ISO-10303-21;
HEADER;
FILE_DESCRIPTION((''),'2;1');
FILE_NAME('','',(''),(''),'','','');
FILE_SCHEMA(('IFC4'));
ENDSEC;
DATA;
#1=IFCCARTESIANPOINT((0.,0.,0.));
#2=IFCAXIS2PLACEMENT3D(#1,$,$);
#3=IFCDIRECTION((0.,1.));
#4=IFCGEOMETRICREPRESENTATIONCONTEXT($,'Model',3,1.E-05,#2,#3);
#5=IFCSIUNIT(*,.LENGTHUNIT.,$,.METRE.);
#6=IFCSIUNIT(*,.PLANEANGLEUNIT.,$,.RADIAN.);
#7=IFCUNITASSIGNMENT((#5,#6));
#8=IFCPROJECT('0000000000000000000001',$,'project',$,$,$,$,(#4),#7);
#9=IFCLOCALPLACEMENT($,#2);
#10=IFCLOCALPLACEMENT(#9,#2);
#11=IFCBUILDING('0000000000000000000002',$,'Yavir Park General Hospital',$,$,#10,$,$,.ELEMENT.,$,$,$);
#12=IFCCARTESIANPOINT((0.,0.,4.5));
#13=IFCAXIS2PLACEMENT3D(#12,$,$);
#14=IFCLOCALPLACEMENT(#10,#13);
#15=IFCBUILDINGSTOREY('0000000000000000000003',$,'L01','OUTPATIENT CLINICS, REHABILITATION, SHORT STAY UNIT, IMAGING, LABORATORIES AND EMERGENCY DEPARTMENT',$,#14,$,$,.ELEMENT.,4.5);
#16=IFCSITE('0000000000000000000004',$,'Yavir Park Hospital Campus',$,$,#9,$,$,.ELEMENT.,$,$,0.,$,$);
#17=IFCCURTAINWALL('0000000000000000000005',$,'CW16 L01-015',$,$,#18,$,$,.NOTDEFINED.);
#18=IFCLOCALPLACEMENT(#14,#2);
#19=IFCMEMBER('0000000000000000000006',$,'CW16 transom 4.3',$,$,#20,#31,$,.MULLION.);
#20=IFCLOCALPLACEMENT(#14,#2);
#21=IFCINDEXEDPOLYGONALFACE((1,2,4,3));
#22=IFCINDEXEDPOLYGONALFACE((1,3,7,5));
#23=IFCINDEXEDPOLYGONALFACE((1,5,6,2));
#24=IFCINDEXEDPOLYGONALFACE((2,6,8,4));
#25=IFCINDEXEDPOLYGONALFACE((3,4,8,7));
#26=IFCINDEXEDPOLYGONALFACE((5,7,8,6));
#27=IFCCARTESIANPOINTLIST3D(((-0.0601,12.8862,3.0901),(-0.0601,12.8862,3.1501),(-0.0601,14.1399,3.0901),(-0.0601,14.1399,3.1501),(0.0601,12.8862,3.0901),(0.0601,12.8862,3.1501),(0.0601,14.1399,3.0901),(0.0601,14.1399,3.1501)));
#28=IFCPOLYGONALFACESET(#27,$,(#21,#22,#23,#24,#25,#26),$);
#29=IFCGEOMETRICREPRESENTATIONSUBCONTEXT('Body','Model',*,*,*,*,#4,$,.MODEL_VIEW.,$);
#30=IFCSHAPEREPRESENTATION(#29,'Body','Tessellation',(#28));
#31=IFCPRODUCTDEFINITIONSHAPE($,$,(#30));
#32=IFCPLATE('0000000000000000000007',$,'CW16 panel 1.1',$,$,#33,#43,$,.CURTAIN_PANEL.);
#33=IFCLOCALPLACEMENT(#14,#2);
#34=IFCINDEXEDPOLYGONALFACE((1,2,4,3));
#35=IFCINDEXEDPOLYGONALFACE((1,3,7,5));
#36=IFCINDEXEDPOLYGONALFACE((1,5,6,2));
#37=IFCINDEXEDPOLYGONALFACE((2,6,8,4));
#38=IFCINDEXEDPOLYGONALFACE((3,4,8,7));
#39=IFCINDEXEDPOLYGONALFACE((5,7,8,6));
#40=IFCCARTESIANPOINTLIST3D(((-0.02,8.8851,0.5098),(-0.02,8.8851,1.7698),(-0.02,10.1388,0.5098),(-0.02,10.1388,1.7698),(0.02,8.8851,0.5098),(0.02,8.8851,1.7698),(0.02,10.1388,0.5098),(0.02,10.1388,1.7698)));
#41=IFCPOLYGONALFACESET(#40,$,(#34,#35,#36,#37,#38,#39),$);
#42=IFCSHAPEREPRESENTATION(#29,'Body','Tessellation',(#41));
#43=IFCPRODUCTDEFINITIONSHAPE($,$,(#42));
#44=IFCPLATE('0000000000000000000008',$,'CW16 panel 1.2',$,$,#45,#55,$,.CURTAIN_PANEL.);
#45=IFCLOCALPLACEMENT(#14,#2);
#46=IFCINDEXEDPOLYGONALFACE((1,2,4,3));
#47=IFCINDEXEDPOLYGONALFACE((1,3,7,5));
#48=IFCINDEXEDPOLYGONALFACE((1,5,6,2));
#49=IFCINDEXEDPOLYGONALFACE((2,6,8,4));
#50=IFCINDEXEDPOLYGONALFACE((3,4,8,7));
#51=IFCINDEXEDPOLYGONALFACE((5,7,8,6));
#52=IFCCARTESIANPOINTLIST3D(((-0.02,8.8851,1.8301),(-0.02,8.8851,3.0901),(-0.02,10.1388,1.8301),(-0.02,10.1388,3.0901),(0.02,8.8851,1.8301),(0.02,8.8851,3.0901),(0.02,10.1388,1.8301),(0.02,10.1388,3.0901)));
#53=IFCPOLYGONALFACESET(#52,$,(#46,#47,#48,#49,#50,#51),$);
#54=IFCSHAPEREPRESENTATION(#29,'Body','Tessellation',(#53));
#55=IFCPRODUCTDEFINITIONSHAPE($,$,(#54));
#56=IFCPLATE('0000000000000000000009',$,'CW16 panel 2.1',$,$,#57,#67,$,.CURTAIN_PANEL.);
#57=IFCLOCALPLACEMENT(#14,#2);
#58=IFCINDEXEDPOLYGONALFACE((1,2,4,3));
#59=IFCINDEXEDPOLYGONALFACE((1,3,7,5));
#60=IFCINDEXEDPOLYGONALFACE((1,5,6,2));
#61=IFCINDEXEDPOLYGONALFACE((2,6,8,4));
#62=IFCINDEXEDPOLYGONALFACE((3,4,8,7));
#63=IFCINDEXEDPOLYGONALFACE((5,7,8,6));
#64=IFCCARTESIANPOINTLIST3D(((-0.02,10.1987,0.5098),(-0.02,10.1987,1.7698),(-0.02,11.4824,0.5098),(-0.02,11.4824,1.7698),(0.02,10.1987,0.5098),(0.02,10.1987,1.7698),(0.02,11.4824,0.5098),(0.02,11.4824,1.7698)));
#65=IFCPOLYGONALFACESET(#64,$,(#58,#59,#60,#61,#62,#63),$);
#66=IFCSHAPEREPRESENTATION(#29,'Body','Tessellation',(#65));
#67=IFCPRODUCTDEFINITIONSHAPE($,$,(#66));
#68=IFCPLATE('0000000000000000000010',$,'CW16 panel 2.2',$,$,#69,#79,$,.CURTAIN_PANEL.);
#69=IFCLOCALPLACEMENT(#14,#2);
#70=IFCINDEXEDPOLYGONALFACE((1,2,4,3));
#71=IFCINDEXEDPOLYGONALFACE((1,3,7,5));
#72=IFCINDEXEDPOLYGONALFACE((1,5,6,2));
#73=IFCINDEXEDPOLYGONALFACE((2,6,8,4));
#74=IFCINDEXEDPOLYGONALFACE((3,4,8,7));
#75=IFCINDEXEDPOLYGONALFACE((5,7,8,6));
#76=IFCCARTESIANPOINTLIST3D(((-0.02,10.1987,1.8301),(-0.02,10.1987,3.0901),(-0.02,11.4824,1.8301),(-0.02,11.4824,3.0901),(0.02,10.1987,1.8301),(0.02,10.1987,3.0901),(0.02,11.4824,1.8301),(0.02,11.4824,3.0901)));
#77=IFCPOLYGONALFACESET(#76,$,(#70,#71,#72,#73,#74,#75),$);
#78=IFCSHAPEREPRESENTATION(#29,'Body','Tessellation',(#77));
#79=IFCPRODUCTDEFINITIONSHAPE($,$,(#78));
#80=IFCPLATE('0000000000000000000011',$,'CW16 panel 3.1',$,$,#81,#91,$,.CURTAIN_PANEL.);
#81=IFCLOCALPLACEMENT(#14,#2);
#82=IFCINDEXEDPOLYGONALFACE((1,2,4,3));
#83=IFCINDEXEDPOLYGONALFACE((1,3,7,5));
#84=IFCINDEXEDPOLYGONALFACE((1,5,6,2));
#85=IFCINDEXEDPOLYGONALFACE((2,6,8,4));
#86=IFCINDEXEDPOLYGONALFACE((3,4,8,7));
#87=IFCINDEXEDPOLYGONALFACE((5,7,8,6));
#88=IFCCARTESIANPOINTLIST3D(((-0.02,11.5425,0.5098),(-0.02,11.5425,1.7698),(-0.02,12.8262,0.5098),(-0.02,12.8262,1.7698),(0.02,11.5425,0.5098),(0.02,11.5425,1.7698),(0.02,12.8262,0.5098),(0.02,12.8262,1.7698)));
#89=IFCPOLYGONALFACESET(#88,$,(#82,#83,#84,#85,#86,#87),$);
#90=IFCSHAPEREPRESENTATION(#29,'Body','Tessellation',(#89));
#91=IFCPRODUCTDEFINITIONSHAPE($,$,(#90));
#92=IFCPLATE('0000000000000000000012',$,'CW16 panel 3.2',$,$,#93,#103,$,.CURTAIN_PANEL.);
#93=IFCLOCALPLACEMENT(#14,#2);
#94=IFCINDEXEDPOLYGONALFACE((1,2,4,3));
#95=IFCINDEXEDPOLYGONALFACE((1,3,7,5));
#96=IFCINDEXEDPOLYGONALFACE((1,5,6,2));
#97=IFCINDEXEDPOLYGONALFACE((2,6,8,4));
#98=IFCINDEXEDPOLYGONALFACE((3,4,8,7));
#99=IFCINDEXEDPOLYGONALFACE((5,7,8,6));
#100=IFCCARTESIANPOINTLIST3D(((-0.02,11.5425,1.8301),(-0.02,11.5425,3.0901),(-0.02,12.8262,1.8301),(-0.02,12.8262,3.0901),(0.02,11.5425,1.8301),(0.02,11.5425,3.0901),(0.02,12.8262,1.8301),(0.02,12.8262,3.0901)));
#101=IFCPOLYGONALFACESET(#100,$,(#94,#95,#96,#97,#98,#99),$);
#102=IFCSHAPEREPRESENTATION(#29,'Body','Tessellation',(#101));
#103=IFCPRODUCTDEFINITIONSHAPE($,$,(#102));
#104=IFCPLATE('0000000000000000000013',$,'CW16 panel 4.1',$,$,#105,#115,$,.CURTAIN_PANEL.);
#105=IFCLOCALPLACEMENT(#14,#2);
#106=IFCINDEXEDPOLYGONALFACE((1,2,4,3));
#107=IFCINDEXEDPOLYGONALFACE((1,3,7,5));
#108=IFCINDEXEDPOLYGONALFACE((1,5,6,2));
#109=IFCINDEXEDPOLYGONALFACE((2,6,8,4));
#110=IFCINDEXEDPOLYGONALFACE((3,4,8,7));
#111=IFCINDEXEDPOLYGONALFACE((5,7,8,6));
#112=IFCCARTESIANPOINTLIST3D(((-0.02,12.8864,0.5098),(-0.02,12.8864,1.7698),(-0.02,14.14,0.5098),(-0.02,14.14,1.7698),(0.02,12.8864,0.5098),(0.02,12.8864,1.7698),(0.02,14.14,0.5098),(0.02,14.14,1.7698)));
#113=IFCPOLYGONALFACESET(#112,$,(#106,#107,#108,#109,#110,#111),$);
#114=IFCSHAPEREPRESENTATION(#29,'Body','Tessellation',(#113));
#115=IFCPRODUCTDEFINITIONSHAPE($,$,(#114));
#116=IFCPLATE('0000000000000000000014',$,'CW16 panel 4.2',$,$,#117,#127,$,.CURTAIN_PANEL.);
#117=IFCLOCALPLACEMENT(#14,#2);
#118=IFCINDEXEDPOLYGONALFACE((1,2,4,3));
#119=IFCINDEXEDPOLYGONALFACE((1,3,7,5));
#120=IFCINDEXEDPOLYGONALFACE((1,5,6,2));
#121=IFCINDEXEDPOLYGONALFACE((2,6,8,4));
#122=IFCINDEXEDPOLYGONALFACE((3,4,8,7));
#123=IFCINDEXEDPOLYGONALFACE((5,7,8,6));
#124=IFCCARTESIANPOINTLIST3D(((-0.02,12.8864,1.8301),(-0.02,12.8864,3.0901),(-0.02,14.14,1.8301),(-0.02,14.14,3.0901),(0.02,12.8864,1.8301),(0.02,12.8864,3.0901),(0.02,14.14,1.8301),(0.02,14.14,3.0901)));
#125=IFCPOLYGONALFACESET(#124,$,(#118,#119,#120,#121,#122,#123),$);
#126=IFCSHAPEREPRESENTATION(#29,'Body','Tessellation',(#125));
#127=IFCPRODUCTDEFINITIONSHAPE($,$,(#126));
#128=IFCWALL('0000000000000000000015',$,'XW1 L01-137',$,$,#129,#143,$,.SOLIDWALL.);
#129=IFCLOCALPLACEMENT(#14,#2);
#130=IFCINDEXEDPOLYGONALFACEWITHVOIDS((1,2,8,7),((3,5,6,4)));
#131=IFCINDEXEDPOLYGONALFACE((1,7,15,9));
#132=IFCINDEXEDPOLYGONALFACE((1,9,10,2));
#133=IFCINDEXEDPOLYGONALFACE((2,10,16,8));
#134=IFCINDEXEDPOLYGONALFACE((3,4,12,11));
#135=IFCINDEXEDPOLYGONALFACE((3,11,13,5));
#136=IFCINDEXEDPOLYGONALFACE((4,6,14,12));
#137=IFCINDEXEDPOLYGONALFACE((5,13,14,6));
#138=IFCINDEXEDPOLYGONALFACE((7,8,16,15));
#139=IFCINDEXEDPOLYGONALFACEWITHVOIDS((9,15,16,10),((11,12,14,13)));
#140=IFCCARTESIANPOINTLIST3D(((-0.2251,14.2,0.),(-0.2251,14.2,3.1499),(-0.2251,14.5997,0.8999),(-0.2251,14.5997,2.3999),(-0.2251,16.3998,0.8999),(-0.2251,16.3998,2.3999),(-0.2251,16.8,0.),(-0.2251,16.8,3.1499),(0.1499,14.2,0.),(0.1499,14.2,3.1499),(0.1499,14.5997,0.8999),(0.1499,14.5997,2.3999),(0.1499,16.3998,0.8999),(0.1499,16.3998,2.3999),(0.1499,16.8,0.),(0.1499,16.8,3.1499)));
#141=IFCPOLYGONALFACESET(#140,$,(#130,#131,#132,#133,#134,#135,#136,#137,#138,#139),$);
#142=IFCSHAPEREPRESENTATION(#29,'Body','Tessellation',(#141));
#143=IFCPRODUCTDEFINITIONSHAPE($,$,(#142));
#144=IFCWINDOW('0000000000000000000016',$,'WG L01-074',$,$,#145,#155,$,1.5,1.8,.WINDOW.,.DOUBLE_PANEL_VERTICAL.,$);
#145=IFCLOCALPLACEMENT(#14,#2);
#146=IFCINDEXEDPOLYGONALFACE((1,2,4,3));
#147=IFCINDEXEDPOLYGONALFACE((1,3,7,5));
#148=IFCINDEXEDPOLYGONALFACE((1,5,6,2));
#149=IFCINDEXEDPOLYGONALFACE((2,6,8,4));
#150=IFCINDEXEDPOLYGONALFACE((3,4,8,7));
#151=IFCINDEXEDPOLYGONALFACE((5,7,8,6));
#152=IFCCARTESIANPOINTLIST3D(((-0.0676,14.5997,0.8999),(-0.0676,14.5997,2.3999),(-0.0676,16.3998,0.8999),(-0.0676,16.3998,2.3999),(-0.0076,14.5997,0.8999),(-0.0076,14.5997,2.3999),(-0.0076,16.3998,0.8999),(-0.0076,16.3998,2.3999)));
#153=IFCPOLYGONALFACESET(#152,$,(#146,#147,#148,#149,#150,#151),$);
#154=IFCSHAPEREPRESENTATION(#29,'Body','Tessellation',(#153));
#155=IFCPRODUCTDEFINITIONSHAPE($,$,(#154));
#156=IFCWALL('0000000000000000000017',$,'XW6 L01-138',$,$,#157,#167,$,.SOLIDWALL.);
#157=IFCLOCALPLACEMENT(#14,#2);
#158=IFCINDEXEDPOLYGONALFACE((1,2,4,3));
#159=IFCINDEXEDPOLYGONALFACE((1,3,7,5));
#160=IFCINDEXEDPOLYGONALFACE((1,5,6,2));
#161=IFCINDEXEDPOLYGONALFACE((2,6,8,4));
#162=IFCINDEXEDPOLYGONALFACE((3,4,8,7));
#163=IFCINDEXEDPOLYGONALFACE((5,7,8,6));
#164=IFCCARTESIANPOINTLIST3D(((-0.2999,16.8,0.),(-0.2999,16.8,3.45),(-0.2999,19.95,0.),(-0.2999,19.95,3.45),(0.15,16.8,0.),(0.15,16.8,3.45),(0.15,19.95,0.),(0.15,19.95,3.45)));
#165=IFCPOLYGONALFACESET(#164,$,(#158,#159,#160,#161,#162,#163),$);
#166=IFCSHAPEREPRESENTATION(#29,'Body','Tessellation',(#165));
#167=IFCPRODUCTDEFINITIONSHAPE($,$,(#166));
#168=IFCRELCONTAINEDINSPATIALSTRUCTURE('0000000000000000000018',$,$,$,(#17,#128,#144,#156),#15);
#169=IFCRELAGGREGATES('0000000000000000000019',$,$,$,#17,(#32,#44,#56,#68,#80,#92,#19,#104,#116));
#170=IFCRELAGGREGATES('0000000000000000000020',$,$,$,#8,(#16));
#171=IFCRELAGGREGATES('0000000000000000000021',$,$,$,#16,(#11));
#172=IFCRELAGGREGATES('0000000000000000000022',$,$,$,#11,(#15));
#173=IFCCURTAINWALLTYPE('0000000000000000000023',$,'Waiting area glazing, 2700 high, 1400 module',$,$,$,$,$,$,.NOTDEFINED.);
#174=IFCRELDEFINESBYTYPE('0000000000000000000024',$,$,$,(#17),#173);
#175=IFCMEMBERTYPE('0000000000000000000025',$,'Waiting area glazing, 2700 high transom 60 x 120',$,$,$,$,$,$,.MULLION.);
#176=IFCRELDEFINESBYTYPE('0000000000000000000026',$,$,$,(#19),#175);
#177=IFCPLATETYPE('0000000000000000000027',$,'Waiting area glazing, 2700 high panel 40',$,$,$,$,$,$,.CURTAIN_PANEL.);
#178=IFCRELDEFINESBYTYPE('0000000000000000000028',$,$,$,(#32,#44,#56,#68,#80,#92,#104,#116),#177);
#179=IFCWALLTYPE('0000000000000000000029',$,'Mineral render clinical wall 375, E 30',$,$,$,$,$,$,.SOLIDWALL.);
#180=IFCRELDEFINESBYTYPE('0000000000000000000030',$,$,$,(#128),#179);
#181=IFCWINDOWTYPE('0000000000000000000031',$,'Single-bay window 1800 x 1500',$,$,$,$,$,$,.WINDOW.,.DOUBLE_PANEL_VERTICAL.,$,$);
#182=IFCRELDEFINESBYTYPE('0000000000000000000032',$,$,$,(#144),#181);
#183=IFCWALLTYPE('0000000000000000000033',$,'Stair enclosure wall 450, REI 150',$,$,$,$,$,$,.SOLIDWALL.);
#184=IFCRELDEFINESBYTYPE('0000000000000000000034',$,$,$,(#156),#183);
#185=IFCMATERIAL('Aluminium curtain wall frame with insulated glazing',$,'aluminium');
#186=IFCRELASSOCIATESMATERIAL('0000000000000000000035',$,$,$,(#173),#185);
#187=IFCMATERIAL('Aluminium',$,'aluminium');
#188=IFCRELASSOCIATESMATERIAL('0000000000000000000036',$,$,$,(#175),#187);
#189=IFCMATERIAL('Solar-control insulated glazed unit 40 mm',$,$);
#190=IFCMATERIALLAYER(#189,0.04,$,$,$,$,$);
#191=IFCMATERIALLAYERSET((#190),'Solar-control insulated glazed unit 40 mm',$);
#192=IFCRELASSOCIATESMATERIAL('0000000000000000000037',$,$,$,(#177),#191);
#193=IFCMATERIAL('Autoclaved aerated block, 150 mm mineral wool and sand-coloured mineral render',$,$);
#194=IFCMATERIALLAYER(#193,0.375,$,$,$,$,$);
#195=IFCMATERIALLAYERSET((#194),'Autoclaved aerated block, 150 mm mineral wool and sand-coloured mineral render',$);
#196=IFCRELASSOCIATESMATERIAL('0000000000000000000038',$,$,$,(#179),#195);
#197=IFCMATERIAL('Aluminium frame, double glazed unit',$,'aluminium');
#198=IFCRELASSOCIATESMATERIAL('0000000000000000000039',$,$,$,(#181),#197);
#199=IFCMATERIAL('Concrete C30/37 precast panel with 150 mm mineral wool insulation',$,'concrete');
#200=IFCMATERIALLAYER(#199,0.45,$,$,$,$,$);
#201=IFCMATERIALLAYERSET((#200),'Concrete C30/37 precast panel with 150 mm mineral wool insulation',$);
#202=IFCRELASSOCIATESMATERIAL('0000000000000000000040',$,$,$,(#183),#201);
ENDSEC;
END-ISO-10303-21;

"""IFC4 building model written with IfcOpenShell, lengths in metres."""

from ifc_helpers import new_model, si_unit, direction, frame, frame_2d, origin, origin_2d, place, context, subcontext, project, spatial, rectangle, extrude, material, layer, layer_set, material_profile, profile_set, type_object, element, fill, aggregate, save


model = new_model("IFC4")

# Units and contexts
model_context = context("Model", 3, precision=1e-05, world=origin(), true_north=direction((0.0, 1.0)))
body_context = subcontext(model_context, "Body", "Model", "MODEL_VIEW")
ifc_project = project(units=[si_unit("LENGTHUNIT", "METRE"), si_unit("PLANEANGLEUNIT", "RADIAN")], contexts=[model_context])

# Site, building, storey
site_placement = place(None, origin())
site = spatial("IfcSite", under=ifc_project, at=site_placement, Name="Yavir Park Hospital Campus", CompositionType="ELEMENT", RefElevation=0.0)
building_placement = place(site_placement, origin())
building = spatial("IfcBuilding", under=site, at=building_placement, Name="Yavir Park General Hospital", CompositionType="ELEMENT")
storey_placement = place(building_placement, frame((0.0, 0.0, 4.5)))
storey = spatial("IfcBuildingStorey", under=building, at=storey_placement, Name="L01", Description="OUTPATIENT CLINICS, REHABILITATION, SHORT STAY UNIT, IMAGING, LABORATORIES AND EMERGENCY DEPARTMENT", CompositionType="ELEMENT", Elevation=4.5)

# Curtain wall, member, plates
ifc_material_1 = material(Name="Aluminium curtain wall frame with insulated glazing", Category="aluminium")
curtain_wall_type = type_object("IfcCurtainWallType", Name="Waiting area glazing, 2700 high, 1400 module", PredefinedType="NOTDEFINED", material=ifc_material_1)
curtain_wall_placement = place(storey_placement, origin())
curtain_wall = element("IfcCurtainWall", 1, at=curtain_wall_placement, inside=storey, type_object=curtain_wall_type, Name="CW16 L01-015", PredefinedType="NOTDEFINED")
ifc_material_2 = material(Name="Aluminium", Category="aluminium")
ifc_material_profile_1 = material_profile(ifc_material_2, rectangle(XDim=0.1201, YDim=0.0601, at=origin_2d()), Name="AL 120x60")
ifc_profile_set_1 = profile_set([ifc_material_profile_1], Name="Aluminium")
member_type_1 = type_object("IfcMemberType", Name="Waiting area glazing, 2700 high transom 60 x 120", PredefinedType="MULLION", material=ifc_profile_set_1)
member_1_placement = place(storey_placement, frame((0.0, 12.8862, 3.1201), z_axis=(0.0, 1.0, 0.0), x_axis=(-1.0, 0.0, 0.0)))
member_1 = element("IfcMember", 2, at=member_1_placement, type_object=member_type_1, Name="CW16 transom 4.3", PredefinedType="MULLION", context=body_context, shape_type="SweptSolid", body=[
    extrude(rectangle(XDim=0.1201, YDim=0.0601, at=origin_2d()), origin(), (0.0, 0.0, 1.0), 1.2537),
])
ifc_material_3 = material(Name="Solar-control insulated glazed unit 40 mm")
ifc_layer_1 = layer(ifc_material_3, 0.04)
ifc_layer_set_1 = layer_set([ifc_layer_1], Name="Solar-control insulated glazed unit 40 mm")
plate_type = type_object("IfcPlateType", Name="Waiting area glazing, 2700 high panel 40", PredefinedType="CURTAIN_PANEL", material=ifc_layer_set_1)
plate_1_placement = place(storey_placement, frame((0.0, 9.512, 0.5098), z_axis=(0.0, 0.0, 1.0), x_axis=(0.0, 1.0, 0.0)))
plate_1 = element("IfcPlate", 3, at=plate_1_placement, type_object=plate_type, Name="CW16 panel 1.1", PredefinedType="CURTAIN_PANEL", context=body_context, shape_type="SweptSolid", body=[
    extrude(rectangle(XDim=1.2537, YDim=0.04, at=origin_2d()), origin(), (0.0, 0.0, 1.0), 1.26),
])
plate_2_placement = place(storey_placement, frame((0.0, 9.512, 1.8301), z_axis=(0.0, 0.0, 1.0), x_axis=(0.0, 1.0, 0.0)))
plate_2 = element("IfcPlate", 4, at=plate_2_placement, type_object=plate_type, Name="CW16 panel 1.2", PredefinedType="CURTAIN_PANEL", context=body_context, shape_type="SweptSolid", body=[
    extrude(rectangle(XDim=1.2537, YDim=0.04, at=origin_2d()), origin(), (0.0, 0.0, 1.0), 1.26),
])
plate_3_placement = place(storey_placement, frame((0.0, 10.8406, 0.5098), z_axis=(0.0, 0.0, 1.0), x_axis=(0.0, 1.0, 0.0)))
plate_3 = element("IfcPlate", 5, at=plate_3_placement, type_object=plate_type, Name="CW16 panel 2.1", PredefinedType="CURTAIN_PANEL", context=body_context, shape_type="SweptSolid", body=[
    extrude(rectangle(XDim=1.2837, YDim=0.04, at=origin_2d()), origin(), (0.0, 0.0, 1.0), 1.26),
])
plate_4_placement = place(storey_placement, frame((0.0, 10.8406, 1.8301), z_axis=(0.0, 0.0, 1.0), x_axis=(0.0, 1.0, 0.0)))
plate_4 = element("IfcPlate", 6, at=plate_4_placement, type_object=plate_type, Name="CW16 panel 2.2", PredefinedType="CURTAIN_PANEL", context=body_context, shape_type="SweptSolid", body=[
    extrude(rectangle(XDim=1.2837, YDim=0.04, at=origin_2d()), origin(), (0.0, 0.0, 1.0), 1.26),
])
plate_5_placement = place(storey_placement, frame((0.0, 12.1843, 0.5098), z_axis=(0.0, 0.0, 1.0), x_axis=(0.0, 1.0, 0.0)))
plate_5 = element("IfcPlate", 7, at=plate_5_placement, type_object=plate_type, Name="CW16 panel 3.1", PredefinedType="CURTAIN_PANEL", context=body_context, shape_type="SweptSolid", body=[
    extrude(rectangle(XDim=1.2837, YDim=0.04, at=origin_2d()), origin(), (0.0, 0.0, 1.0), 1.26),
])
plate_6_placement = place(storey_placement, frame((0.0, 12.1843, 1.8301), z_axis=(0.0, 0.0, 1.0), x_axis=(0.0, 1.0, 0.0)))
plate_6 = element("IfcPlate", 8, at=plate_6_placement, type_object=plate_type, Name="CW16 panel 3.2", PredefinedType="CURTAIN_PANEL", context=body_context, shape_type="SweptSolid", body=[
    extrude(rectangle(XDim=1.2837, YDim=0.04, at=origin_2d()), origin(), (0.0, 0.0, 1.0), 1.26),
])
plate_7_placement = place(storey_placement, frame((0.0, 13.5132, 0.5098), z_axis=(0.0, 0.0, 1.0), x_axis=(0.0, 1.0, 0.0)))
plate_7 = element("IfcPlate", 9, at=plate_7_placement, type_object=plate_type, Name="CW16 panel 4.1", PredefinedType="CURTAIN_PANEL", context=body_context, shape_type="SweptSolid", body=[
    extrude(rectangle(XDim=1.2537, YDim=0.04, at=origin_2d()), origin(), (0.0, 0.0, 1.0), 1.26),
])
plate_8_placement = place(storey_placement, frame((0.0, 13.5132, 1.8301), z_axis=(0.0, 0.0, 1.0), x_axis=(0.0, 1.0, 0.0)))
plate_8 = element("IfcPlate", 10, at=plate_8_placement, type_object=plate_type, Name="CW16 panel 4.2", PredefinedType="CURTAIN_PANEL", context=body_context, shape_type="SweptSolid", body=[
    extrude(rectangle(XDim=1.2537, YDim=0.04, at=origin_2d()), origin(), (0.0, 0.0, 1.0), 1.26),
])
aggregate(curtain_wall, [plate_1, plate_2, plate_3, plate_4, plate_5, plate_6, member_1, plate_7, plate_8])

# Wall, opening, window
ifc_material_4 = material(Name="Autoclaved aerated block, 150 mm mineral wool and sand-coloured mineral render")
ifc_layer_2 = layer(ifc_material_4, 0.375)
ifc_layer_set_2 = layer_set([ifc_layer_2], Name="Autoclaved aerated block, 150 mm mineral wool and sand-coloured mineral render")
wall_type_1 = type_object("IfcWallType", Name="Mineral render clinical wall 375, E 30", PredefinedType="SOLIDWALL", material=ifc_layer_set_2)
wall_1_placement = place(storey_placement, frame((-0.0376, 14.2, 0.0), z_axis=(0.0, 0.0, 1.0), x_axis=(0.0, 1.0, 0.0)))
wall_1 = element("IfcWall", 11, at=wall_1_placement, inside=storey, type_object=wall_type_1, Name="XW1 L01-137", PredefinedType="SOLIDWALL", context=body_context, shape_type="SweptSolid", body=[
    extrude(rectangle(XDim=2.6001, YDim=0.375, at=frame_2d((1.3, 0.0))), origin(), (0.0, 0.0, 1.0), 3.1499),
])
opening_placement = place(wall_1_placement, frame((0.3999, 0.0, 0.8999)))
opening = element("IfcOpeningElement", 12, at=opening_placement, cuts=wall_1, PredefinedType="OPENING", context=body_context, shape_type="SweptSolid", body=[
    extrude(rectangle(XDim=1.8, YDim=1.5, at=frame_2d((0.8999, 0.75))), frame((0.0, 0.1975, 0.0), z_axis=(0.0, -1.0, 0.0), x_axis=(1.0, 0.0, 0.0)), (0.0, 0.0, 1.0), 0.395),
])
ifc_material_5 = material(Name="Aluminium frame, double glazed unit", Category="aluminium")
window_type = type_object("IfcWindowType", Name="Single-bay window 1800 x 1500", PartitioningType="DOUBLE_PANEL_VERTICAL", PredefinedType="WINDOW", material=ifc_material_5)
window_placement = place(opening_placement, origin())
window = element("IfcWindow", 13, at=window_placement, inside=storey, type_object=window_type, Name="WG L01-074", OverallHeight=1.5, OverallWidth=1.8, PartitioningType="DOUBLE_PANEL_VERTICAL", PredefinedType="WINDOW", context=body_context, shape_type="SweptSolid", body=[
    extrude(rectangle(XDim=1.8, YDim=1.5, at=frame_2d((0.8999, 0.75))), frame((0.0, 0.03, 0.0), z_axis=(0.0, -1.0, 0.0), x_axis=(1.0, 0.0, 0.0)), (0.0, 0.0, 1.0), 0.0601),
])
fill(opening, window)

# Wall
ifc_material_6 = material(Name="Concrete C30/37 precast panel with 150 mm mineral wool insulation", Category="concrete")
ifc_layer_3 = layer(ifc_material_6, 0.45)
ifc_layer_set_3 = layer_set([ifc_layer_3], Name="Concrete C30/37 precast panel with 150 mm mineral wool insulation")
wall_type_2 = type_object("IfcWallType", Name="Stair enclosure wall 450, REI 150", PredefinedType="SOLIDWALL", material=ifc_layer_set_3)
wall_2_placement = place(storey_placement, frame((-0.075, 16.8, 0.0), z_axis=(0.0, 0.0, 1.0), x_axis=(0.0, 1.0, 0.0)))
element("IfcWall", 14, at=wall_2_placement, inside=storey, type_object=wall_type_2, Name="XW6 L01-138", PredefinedType="SOLIDWALL", context=body_context, shape_type="SweptSolid", body=[
    extrude(rectangle(XDim=3.1499, YDim=0.45, at=frame_2d((1.575, 0.0))), origin(), (0.0, 0.0, 1.0), 3.45),
])

save(model, "model.ifc")
